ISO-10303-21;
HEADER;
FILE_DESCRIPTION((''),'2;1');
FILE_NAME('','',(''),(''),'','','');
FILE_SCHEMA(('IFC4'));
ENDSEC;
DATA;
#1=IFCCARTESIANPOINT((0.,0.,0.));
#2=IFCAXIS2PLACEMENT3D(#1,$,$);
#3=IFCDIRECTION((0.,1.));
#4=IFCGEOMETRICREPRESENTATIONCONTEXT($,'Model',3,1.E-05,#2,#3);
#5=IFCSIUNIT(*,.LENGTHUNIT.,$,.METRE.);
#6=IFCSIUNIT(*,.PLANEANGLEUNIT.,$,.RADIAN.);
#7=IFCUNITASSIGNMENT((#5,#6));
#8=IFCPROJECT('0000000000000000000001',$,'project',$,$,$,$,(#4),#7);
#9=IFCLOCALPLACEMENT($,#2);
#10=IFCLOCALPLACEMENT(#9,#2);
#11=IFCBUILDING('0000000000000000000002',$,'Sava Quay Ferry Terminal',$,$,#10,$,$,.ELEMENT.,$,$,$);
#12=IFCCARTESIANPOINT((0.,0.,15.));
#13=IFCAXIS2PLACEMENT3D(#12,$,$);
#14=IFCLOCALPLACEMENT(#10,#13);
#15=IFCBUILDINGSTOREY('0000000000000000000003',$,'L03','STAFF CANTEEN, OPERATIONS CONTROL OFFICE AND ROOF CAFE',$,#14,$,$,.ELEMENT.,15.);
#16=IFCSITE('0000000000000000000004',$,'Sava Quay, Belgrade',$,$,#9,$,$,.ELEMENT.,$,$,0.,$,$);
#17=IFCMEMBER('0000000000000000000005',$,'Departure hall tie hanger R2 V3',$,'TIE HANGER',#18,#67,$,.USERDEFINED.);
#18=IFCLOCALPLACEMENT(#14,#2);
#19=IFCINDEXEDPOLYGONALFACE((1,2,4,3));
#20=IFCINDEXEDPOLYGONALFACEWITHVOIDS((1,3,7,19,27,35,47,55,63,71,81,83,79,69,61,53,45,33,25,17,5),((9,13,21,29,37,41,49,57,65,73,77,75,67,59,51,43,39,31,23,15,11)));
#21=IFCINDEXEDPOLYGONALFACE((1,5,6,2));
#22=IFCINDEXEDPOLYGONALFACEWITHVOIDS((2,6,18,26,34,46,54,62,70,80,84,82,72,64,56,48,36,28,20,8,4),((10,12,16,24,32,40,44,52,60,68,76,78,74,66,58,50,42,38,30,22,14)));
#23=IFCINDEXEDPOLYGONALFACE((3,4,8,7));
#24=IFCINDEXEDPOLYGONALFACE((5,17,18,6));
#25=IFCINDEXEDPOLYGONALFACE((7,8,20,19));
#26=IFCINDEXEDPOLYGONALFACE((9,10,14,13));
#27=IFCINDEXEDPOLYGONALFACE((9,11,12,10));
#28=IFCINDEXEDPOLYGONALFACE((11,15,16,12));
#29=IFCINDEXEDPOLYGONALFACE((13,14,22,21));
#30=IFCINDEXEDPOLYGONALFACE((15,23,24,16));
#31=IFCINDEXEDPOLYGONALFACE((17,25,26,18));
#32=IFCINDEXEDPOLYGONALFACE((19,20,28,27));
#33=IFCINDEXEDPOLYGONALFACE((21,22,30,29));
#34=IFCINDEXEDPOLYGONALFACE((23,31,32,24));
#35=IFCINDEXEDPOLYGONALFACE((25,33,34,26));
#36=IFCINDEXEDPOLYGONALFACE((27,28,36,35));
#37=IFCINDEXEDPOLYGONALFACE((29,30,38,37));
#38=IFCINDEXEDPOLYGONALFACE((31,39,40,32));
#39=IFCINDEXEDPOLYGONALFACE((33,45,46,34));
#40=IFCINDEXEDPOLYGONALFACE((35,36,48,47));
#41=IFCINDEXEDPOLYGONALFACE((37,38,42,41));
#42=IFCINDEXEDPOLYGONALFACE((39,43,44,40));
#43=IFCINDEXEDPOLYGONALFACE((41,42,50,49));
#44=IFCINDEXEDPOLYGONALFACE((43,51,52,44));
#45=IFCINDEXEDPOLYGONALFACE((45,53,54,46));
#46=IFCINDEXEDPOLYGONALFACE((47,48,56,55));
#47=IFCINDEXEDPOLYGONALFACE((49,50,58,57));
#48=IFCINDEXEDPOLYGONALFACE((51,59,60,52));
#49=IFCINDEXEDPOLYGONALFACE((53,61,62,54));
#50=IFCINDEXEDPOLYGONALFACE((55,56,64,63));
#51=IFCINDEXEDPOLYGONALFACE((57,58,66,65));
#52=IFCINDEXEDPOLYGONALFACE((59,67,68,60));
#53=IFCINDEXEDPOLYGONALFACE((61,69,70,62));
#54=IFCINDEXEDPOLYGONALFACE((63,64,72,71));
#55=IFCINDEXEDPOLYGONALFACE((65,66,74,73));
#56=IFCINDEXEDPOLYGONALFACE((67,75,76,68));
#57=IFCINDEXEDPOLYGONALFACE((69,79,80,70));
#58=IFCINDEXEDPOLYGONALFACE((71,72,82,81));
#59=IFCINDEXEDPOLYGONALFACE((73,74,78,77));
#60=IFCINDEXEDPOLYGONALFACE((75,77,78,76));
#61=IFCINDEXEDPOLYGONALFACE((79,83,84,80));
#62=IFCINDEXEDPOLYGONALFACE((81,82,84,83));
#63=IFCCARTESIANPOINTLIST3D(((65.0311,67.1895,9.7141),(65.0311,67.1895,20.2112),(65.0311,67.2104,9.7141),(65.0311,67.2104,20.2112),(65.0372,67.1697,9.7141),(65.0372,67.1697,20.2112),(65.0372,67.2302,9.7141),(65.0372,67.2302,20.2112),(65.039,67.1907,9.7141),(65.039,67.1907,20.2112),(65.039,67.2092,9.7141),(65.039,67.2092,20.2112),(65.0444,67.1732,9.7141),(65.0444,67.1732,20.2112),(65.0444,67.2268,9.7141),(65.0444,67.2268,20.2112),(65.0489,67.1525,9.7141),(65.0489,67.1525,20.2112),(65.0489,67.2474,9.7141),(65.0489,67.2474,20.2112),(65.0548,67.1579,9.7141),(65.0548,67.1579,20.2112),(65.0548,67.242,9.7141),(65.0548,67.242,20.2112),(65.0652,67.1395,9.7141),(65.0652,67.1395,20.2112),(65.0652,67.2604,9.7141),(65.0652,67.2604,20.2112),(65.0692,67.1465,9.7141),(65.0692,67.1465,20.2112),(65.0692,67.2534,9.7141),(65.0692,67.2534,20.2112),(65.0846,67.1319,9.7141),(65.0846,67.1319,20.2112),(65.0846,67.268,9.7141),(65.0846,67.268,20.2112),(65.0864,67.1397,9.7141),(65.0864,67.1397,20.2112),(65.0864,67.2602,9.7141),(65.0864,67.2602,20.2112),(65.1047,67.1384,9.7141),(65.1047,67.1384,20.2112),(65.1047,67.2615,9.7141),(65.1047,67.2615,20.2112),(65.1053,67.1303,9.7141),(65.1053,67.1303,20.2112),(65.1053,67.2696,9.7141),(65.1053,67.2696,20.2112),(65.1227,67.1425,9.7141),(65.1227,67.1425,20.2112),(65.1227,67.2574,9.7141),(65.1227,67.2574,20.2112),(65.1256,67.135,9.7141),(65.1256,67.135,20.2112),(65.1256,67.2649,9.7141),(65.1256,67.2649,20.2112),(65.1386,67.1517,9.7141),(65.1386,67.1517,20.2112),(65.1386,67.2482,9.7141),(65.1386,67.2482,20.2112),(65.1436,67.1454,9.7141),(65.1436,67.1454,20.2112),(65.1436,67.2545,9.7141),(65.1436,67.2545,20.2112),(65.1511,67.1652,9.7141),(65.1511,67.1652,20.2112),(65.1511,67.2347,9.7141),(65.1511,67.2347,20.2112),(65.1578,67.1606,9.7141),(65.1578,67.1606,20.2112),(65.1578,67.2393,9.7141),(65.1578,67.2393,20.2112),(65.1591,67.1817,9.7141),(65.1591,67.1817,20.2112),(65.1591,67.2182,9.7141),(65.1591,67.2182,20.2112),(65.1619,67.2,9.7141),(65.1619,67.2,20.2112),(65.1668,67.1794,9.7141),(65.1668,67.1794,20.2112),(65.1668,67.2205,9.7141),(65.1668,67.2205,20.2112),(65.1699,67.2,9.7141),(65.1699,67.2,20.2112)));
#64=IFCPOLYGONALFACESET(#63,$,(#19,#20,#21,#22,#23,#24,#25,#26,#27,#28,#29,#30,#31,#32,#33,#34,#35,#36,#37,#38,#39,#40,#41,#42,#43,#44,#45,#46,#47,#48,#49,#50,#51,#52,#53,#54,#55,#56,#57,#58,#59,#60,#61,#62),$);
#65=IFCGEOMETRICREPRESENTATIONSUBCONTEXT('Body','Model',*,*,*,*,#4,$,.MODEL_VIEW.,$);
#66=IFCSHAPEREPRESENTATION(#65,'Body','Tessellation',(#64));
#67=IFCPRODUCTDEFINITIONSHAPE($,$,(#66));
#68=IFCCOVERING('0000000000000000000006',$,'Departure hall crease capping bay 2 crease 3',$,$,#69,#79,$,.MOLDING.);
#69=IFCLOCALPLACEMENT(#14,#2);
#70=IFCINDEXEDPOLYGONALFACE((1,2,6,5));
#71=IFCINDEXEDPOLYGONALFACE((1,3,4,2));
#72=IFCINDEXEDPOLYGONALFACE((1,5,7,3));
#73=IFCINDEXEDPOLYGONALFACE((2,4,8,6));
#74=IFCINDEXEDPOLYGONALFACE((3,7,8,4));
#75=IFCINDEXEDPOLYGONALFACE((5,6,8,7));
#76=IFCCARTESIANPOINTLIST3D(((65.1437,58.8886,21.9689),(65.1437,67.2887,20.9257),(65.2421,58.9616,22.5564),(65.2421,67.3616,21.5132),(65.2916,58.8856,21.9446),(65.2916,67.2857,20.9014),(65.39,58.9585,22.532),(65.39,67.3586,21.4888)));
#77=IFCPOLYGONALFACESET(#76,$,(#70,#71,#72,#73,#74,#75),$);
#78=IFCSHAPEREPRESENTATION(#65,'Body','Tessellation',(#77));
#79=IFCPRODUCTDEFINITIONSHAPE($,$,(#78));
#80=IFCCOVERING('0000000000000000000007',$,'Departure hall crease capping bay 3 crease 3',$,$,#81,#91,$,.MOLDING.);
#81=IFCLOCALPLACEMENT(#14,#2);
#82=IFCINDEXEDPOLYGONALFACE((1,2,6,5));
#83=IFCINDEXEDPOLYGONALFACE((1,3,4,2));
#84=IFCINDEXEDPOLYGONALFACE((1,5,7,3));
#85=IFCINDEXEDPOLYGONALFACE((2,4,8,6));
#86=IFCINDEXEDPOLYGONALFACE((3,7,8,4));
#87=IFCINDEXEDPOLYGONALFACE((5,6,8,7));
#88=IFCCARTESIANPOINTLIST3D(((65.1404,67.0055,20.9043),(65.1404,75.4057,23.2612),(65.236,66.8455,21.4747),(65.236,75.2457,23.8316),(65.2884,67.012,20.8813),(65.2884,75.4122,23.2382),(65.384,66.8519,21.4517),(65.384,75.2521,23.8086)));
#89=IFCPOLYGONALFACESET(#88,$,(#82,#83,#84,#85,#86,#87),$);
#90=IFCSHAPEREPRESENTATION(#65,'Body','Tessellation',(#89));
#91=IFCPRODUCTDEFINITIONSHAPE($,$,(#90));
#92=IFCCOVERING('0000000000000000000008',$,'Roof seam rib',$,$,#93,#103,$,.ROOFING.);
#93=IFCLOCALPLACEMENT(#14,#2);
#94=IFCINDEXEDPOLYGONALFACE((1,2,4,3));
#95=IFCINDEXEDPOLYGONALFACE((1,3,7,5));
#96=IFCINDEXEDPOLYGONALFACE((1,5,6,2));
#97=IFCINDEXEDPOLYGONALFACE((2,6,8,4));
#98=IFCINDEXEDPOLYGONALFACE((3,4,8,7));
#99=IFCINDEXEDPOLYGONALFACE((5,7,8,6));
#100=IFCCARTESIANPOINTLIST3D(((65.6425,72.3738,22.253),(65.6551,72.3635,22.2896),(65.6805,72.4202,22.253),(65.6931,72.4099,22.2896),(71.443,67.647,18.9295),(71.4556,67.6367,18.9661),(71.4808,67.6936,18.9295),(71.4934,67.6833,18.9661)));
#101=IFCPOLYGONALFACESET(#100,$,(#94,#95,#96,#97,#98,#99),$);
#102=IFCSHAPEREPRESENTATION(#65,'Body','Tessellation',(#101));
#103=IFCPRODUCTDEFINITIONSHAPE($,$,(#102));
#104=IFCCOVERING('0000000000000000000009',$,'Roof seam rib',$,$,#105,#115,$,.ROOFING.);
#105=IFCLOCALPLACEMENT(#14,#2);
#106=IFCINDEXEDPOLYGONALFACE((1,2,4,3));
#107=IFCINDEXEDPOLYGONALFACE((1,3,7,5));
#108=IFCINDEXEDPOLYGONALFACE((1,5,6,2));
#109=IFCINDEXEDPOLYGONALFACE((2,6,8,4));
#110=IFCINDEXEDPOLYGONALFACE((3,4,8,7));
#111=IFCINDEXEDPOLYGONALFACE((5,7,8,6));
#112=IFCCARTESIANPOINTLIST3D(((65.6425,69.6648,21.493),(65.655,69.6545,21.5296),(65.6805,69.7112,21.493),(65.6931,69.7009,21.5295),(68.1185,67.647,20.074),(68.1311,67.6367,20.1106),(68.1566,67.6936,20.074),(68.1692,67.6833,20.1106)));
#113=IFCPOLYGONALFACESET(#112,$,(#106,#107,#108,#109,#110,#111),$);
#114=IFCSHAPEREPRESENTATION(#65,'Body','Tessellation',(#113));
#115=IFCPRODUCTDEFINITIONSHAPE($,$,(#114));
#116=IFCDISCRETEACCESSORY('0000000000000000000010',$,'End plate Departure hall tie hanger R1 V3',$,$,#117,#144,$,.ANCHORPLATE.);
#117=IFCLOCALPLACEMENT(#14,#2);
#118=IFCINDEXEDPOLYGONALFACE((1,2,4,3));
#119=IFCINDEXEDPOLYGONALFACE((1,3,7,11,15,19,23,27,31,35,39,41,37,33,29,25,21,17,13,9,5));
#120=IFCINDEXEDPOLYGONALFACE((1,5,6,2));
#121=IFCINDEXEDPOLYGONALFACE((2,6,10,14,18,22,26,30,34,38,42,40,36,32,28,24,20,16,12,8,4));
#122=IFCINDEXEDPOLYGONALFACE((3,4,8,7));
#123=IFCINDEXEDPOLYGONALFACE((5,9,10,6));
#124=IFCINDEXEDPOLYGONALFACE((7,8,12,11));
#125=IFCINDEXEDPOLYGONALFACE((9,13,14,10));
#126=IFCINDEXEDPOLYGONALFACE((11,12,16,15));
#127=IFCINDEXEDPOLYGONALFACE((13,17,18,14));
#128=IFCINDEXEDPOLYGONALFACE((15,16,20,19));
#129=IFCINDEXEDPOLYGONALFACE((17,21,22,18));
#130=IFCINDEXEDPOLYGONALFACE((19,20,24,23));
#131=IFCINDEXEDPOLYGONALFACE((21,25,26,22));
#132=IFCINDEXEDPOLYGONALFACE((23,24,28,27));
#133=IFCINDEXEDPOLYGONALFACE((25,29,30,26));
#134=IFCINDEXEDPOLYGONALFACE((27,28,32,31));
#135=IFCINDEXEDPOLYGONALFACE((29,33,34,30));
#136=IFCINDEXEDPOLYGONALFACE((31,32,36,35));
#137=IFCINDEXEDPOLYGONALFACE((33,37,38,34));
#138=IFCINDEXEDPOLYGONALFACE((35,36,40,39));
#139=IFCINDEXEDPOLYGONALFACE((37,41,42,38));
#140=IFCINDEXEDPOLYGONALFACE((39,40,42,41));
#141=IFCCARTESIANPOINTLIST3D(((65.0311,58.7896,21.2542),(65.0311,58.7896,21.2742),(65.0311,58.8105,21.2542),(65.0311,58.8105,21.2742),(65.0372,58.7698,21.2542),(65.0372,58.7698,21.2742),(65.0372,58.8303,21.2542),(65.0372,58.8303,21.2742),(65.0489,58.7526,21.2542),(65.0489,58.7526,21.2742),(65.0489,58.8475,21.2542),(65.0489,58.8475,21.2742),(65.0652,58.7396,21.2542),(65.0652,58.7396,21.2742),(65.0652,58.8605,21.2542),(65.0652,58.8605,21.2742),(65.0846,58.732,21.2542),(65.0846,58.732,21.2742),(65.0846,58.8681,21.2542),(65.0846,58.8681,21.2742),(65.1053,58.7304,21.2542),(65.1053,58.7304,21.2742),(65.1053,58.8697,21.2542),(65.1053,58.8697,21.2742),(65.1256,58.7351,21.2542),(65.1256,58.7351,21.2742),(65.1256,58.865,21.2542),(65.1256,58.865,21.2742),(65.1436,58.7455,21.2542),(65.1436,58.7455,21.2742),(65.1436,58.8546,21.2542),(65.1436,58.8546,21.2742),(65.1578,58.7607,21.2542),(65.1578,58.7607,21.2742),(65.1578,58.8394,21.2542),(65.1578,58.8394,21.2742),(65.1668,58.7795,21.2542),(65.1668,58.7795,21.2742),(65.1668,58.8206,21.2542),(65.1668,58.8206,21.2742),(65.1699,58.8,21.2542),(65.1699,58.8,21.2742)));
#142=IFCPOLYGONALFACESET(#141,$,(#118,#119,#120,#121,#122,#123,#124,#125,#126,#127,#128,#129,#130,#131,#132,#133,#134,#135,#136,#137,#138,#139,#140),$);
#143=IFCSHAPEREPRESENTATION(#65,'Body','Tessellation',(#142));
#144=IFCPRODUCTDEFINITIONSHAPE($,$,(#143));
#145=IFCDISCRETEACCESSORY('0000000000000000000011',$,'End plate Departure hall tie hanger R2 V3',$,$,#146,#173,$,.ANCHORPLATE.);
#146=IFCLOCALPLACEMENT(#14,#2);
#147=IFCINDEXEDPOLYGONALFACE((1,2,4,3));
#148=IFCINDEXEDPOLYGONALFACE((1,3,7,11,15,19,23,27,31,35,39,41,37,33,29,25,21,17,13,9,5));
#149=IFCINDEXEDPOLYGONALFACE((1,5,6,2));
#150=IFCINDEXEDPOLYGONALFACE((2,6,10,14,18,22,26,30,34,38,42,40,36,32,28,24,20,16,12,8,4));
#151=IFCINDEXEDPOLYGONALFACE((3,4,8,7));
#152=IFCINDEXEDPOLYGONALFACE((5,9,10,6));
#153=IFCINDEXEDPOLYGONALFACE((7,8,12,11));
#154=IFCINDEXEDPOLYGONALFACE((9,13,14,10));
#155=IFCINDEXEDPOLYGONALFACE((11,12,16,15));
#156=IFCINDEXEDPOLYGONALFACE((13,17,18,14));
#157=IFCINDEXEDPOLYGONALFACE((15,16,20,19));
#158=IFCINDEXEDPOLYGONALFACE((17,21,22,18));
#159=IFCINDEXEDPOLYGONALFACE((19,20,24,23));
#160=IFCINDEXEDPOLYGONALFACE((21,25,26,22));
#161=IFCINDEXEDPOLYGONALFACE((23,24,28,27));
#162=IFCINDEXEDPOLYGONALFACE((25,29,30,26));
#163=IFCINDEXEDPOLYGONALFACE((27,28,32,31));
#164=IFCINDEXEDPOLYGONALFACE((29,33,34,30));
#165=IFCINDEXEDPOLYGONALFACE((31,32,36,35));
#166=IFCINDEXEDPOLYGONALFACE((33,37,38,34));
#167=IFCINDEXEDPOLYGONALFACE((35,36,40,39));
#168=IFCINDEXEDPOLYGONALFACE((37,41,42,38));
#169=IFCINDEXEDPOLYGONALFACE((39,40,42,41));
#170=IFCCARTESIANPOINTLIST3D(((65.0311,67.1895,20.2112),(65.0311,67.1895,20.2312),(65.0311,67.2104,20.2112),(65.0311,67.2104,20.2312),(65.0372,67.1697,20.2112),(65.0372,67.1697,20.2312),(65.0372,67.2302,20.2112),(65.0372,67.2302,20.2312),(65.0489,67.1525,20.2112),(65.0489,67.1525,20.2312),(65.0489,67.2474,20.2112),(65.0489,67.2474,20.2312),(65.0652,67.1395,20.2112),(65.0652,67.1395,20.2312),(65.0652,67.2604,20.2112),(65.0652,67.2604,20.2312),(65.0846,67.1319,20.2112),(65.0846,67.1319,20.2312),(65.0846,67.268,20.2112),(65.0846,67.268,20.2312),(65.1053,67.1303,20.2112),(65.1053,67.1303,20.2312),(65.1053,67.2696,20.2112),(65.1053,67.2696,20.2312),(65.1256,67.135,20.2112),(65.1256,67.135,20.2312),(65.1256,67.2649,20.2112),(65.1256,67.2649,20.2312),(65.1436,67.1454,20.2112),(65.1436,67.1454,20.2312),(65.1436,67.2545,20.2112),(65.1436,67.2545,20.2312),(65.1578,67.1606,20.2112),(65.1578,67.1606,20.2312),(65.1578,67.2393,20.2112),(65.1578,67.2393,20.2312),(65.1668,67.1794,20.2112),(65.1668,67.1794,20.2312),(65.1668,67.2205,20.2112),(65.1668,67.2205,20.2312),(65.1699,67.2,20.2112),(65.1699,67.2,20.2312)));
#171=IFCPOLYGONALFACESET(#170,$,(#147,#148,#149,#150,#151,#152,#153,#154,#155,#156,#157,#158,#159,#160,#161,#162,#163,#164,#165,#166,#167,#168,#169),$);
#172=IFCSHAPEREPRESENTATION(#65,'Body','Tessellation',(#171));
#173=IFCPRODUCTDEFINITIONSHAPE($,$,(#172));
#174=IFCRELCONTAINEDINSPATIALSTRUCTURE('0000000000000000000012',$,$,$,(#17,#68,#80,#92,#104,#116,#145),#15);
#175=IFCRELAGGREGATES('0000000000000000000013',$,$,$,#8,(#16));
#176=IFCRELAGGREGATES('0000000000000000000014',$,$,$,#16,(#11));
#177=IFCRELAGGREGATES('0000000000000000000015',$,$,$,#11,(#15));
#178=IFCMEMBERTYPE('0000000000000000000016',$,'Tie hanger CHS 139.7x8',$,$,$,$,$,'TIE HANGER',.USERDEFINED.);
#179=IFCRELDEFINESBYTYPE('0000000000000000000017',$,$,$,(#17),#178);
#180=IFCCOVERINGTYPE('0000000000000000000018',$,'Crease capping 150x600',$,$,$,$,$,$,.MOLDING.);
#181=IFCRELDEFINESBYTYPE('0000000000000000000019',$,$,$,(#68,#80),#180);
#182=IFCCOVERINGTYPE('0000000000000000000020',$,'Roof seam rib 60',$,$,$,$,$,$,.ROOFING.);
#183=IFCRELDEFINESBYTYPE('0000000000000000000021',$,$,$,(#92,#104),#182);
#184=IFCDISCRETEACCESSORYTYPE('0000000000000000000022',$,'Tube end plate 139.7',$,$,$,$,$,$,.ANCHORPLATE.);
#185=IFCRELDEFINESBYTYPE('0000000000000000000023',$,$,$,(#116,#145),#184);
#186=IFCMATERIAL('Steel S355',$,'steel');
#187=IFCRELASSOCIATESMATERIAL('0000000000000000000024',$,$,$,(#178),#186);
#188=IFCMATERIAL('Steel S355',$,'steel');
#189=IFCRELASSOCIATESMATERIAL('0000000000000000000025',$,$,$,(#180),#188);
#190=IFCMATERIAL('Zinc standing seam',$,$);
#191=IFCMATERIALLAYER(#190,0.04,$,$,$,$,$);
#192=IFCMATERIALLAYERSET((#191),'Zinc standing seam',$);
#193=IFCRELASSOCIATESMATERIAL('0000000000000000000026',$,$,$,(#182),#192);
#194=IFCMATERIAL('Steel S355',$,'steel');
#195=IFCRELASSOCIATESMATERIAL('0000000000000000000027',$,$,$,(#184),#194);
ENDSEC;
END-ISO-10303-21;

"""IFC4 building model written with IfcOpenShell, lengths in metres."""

from ifc_helpers import new_model, si_unit, direction, frame, origin, origin_2d, place, context, subcontext, project, spatial, polyline, rectangle, circle, hollow_circle, outline, extrude, material, layer, layer_set, material_profile, profile_set, type_object, element, save


model = new_model("IFC4")

# Units and contexts
model_context = context("Model", 3, precision=1e-05, world=origin(), true_north=direction((0.0, 1.0)))
body_context = subcontext(model_context, "Body", "Model", "MODEL_VIEW")
ifc_project = project(units=[si_unit("LENGTHUNIT", "METRE"), si_unit("PLANEANGLEUNIT", "RADIAN")], contexts=[model_context])

# Site, building, storey
site_placement = place(None, origin())
site = spatial("IfcSite", under=ifc_project, at=site_placement, Name="Sava Quay, Belgrade", CompositionType="ELEMENT", RefElevation=0.0)
building_placement = place(site_placement, origin())
building = spatial("IfcBuilding", under=site, at=building_placement, Name="Sava Quay Ferry Terminal", CompositionType="ELEMENT")
storey_placement = place(building_placement, frame((0.0, 0.0, 15.0)))
storey = spatial("IfcBuildingStorey", under=building, at=storey_placement, Name="L03", Description="STAFF CANTEEN, OPERATIONS CONTROL OFFICE AND ROOF CAFE", CompositionType="ELEMENT", Elevation=15.0)

# Member
ifc_material_1 = material(Name="Steel S355", Category="steel")
ifc_material_profile_1 = material_profile(ifc_material_1, hollow_circle(Radius=0.0698, WallThickness=0.0081, at=origin_2d()), Name="CHS 139.7 x 8.0")
ifc_profile_set_1 = profile_set([ifc_material_profile_1], Name="Steel S355")
member_type_1 = type_object("IfcMemberType", Name="Tie hanger CHS 139.7x8", ElementType="TIE HANGER", PredefinedType="USERDEFINED", material=ifc_profile_set_1)
for number, where, z_axis, x_axis, name in (
    (1, (65.1001, 67.2, 9.7141), (0.0, 0.0, 1.0), (1.0, 0.0, 0.0), "Departure hall tie hanger R2 V3"),
):
    element("IfcMember", number, at=place(storey_placement, frame(where, z_axis=z_axis, x_axis=x_axis)), inside=storey, type_object=member_type_1, Name=name, ObjectType="TIE HANGER", PredefinedType="USERDEFINED", context=body_context, shape_type="SweptSolid", body=[
        extrude(hollow_circle(Radius=0.0698, WallThickness=0.0081, at=origin_2d()), origin(), (0.0, 0.0, 1.0), 10.4971),
    ])

# Coverings
ifc_material_2 = material(Name="Steel S355", Category="steel")
ifc_material_profile_2 = material_profile(ifc_material_2, rectangle(XDim=0.1499, YDim=0.6001, at=origin_2d()), Name="Cap 150 x 600")
ifc_profile_set_2 = profile_set([ifc_material_profile_2], Name="Steel S355")
covering_type_1 = type_object("IfcCoveringType", Name="Crease capping 150x600", PredefinedType="MOLDING", material=ifc_profile_set_2)
covering_1_placement = place(storey_placement, frame((65.2668, 58.9236, 22.2505), z_axis=(0.0, 0.992377, -0.123243), x_axis=(-0.986479, 0.020198, 0.16264)))
element("IfcCovering", 2, at=covering_1_placement, inside=storey, type_object=covering_type_1, Name="Departure hall crease capping bay 2 crease 3", PredefinedType="MOLDING", context=body_context, shape_type="SweptSolid", body=[
    extrude(rectangle(XDim=0.1499, YDim=0.6001, at=origin_2d()), origin(), (0.0, 0.0, 1.0), 8.4646),
])
covering_2_placement = place(storey_placement, frame((65.2622, 66.9287, 21.178), z_axis=(0.0, 0.962818, 0.27015), x_axis=(-0.987218, -0.043056, 0.153452)))
element("IfcCovering", 3, at=covering_2_placement, inside=storey, type_object=covering_type_1, Name="Departure hall crease capping bay 3 crease 3", PredefinedType="MOLDING", context=body_context, shape_type="SweptSolid", body=[
    extrude(rectangle(XDim=0.1499, YDim=0.6001, at=origin_2d()), origin(), (0.0, 0.0, 1.0), 8.7246),
])
ifc_material_3 = material(Name="Zinc standing seam")
ifc_layer = layer(ifc_material_3, 0.04)
ifc_layer_set = layer_set([ifc_layer], Name="Zinc standing seam")
covering_type_2 = type_object("IfcCoveringType", Name="Roof seam rib 60", PredefinedType="ROOFING", material=ifc_layer_set)
covering_3_placement = place(storey_placement, frame((71.4556, 67.6367, 18.9661), z_axis=(0.314468, -0.256692, 0.913903), x_axis=(-0.708463, 0.577321, 0.405932)))
element("IfcCovering", 4, at=covering_3_placement, inside=storey, type_object=covering_type_2, Name="Roof seam rib", PredefinedType="ROOFING", context=body_context, shape_type="SweptSolid", body=[
    extrude(outline(polyline([(0.0, 0.0), (8.1875, 0.0), (8.1873, -0.06), (0.0001, -0.0601), (0.0, 0.0)])), origin(), (0.0, 0.0, -1.0), 0.04),
])
covering_4_placement = place(storey_placement, frame((68.1311, 67.6367, 20.1106), z_axis=(0.314106, -0.257221, 0.913879), x_axis=(-0.708432, 0.577321, 0.405986)))
element("IfcCovering", 5, at=covering_4_placement, inside=storey, type_object=covering_type_2, Name="Roof seam rib", PredefinedType="ROOFING", context=body_context, shape_type="SweptSolid", body=[
    extrude(outline(polyline([(0.0, 0.0), (3.4951, 0.0), (3.4949, -0.06), (-0.0001, -0.0602), (0.0, 0.0)])), origin(), (0.0, 0.0, -1.0), 0.04),
])

# Discrete accessories
ifc_material_4 = material(Name="Steel S355", Category="steel")
ifc_material_profile_3 = material_profile(ifc_material_4, circle(Radius=0.0698, at=origin_2d()), Name="Plate 139.7 dia x 20")
ifc_profile_set_3 = profile_set([ifc_material_profile_3], Name="Steel S355")
discrete_accessory_type = type_object("IfcDiscreteAccessoryType", Name="Tube end plate 139.7", PredefinedType="ANCHORPLATE", material=ifc_profile_set_3)
for number, where, z_axis, x_axis, name in (
    (6, (65.1001, 58.8, 21.2542), (0.0, 0.0, 1.0), (1.0, 0.0, 0.0), "End plate Departure hall tie hanger R1 V3"),
    (7, (65.1001, 67.2, 20.2112), (0.0, 0.0, 1.0), (1.0, 0.0, 0.0), "End plate Departure hall tie hanger R2 V3"),
):
    element("IfcDiscreteAccessory", number, at=place(storey_placement, frame(where, z_axis=z_axis, x_axis=x_axis)), inside=storey, type_object=discrete_accessory_type, Name=name, PredefinedType="ANCHORPLATE", context=body_context, shape_type="SweptSolid", body=[
        extrude(circle(Radius=0.0698, at=origin_2d()), origin(), (0.0, 0.0, 1.0), 0.02),
    ])

save(model, "model.ifc")
